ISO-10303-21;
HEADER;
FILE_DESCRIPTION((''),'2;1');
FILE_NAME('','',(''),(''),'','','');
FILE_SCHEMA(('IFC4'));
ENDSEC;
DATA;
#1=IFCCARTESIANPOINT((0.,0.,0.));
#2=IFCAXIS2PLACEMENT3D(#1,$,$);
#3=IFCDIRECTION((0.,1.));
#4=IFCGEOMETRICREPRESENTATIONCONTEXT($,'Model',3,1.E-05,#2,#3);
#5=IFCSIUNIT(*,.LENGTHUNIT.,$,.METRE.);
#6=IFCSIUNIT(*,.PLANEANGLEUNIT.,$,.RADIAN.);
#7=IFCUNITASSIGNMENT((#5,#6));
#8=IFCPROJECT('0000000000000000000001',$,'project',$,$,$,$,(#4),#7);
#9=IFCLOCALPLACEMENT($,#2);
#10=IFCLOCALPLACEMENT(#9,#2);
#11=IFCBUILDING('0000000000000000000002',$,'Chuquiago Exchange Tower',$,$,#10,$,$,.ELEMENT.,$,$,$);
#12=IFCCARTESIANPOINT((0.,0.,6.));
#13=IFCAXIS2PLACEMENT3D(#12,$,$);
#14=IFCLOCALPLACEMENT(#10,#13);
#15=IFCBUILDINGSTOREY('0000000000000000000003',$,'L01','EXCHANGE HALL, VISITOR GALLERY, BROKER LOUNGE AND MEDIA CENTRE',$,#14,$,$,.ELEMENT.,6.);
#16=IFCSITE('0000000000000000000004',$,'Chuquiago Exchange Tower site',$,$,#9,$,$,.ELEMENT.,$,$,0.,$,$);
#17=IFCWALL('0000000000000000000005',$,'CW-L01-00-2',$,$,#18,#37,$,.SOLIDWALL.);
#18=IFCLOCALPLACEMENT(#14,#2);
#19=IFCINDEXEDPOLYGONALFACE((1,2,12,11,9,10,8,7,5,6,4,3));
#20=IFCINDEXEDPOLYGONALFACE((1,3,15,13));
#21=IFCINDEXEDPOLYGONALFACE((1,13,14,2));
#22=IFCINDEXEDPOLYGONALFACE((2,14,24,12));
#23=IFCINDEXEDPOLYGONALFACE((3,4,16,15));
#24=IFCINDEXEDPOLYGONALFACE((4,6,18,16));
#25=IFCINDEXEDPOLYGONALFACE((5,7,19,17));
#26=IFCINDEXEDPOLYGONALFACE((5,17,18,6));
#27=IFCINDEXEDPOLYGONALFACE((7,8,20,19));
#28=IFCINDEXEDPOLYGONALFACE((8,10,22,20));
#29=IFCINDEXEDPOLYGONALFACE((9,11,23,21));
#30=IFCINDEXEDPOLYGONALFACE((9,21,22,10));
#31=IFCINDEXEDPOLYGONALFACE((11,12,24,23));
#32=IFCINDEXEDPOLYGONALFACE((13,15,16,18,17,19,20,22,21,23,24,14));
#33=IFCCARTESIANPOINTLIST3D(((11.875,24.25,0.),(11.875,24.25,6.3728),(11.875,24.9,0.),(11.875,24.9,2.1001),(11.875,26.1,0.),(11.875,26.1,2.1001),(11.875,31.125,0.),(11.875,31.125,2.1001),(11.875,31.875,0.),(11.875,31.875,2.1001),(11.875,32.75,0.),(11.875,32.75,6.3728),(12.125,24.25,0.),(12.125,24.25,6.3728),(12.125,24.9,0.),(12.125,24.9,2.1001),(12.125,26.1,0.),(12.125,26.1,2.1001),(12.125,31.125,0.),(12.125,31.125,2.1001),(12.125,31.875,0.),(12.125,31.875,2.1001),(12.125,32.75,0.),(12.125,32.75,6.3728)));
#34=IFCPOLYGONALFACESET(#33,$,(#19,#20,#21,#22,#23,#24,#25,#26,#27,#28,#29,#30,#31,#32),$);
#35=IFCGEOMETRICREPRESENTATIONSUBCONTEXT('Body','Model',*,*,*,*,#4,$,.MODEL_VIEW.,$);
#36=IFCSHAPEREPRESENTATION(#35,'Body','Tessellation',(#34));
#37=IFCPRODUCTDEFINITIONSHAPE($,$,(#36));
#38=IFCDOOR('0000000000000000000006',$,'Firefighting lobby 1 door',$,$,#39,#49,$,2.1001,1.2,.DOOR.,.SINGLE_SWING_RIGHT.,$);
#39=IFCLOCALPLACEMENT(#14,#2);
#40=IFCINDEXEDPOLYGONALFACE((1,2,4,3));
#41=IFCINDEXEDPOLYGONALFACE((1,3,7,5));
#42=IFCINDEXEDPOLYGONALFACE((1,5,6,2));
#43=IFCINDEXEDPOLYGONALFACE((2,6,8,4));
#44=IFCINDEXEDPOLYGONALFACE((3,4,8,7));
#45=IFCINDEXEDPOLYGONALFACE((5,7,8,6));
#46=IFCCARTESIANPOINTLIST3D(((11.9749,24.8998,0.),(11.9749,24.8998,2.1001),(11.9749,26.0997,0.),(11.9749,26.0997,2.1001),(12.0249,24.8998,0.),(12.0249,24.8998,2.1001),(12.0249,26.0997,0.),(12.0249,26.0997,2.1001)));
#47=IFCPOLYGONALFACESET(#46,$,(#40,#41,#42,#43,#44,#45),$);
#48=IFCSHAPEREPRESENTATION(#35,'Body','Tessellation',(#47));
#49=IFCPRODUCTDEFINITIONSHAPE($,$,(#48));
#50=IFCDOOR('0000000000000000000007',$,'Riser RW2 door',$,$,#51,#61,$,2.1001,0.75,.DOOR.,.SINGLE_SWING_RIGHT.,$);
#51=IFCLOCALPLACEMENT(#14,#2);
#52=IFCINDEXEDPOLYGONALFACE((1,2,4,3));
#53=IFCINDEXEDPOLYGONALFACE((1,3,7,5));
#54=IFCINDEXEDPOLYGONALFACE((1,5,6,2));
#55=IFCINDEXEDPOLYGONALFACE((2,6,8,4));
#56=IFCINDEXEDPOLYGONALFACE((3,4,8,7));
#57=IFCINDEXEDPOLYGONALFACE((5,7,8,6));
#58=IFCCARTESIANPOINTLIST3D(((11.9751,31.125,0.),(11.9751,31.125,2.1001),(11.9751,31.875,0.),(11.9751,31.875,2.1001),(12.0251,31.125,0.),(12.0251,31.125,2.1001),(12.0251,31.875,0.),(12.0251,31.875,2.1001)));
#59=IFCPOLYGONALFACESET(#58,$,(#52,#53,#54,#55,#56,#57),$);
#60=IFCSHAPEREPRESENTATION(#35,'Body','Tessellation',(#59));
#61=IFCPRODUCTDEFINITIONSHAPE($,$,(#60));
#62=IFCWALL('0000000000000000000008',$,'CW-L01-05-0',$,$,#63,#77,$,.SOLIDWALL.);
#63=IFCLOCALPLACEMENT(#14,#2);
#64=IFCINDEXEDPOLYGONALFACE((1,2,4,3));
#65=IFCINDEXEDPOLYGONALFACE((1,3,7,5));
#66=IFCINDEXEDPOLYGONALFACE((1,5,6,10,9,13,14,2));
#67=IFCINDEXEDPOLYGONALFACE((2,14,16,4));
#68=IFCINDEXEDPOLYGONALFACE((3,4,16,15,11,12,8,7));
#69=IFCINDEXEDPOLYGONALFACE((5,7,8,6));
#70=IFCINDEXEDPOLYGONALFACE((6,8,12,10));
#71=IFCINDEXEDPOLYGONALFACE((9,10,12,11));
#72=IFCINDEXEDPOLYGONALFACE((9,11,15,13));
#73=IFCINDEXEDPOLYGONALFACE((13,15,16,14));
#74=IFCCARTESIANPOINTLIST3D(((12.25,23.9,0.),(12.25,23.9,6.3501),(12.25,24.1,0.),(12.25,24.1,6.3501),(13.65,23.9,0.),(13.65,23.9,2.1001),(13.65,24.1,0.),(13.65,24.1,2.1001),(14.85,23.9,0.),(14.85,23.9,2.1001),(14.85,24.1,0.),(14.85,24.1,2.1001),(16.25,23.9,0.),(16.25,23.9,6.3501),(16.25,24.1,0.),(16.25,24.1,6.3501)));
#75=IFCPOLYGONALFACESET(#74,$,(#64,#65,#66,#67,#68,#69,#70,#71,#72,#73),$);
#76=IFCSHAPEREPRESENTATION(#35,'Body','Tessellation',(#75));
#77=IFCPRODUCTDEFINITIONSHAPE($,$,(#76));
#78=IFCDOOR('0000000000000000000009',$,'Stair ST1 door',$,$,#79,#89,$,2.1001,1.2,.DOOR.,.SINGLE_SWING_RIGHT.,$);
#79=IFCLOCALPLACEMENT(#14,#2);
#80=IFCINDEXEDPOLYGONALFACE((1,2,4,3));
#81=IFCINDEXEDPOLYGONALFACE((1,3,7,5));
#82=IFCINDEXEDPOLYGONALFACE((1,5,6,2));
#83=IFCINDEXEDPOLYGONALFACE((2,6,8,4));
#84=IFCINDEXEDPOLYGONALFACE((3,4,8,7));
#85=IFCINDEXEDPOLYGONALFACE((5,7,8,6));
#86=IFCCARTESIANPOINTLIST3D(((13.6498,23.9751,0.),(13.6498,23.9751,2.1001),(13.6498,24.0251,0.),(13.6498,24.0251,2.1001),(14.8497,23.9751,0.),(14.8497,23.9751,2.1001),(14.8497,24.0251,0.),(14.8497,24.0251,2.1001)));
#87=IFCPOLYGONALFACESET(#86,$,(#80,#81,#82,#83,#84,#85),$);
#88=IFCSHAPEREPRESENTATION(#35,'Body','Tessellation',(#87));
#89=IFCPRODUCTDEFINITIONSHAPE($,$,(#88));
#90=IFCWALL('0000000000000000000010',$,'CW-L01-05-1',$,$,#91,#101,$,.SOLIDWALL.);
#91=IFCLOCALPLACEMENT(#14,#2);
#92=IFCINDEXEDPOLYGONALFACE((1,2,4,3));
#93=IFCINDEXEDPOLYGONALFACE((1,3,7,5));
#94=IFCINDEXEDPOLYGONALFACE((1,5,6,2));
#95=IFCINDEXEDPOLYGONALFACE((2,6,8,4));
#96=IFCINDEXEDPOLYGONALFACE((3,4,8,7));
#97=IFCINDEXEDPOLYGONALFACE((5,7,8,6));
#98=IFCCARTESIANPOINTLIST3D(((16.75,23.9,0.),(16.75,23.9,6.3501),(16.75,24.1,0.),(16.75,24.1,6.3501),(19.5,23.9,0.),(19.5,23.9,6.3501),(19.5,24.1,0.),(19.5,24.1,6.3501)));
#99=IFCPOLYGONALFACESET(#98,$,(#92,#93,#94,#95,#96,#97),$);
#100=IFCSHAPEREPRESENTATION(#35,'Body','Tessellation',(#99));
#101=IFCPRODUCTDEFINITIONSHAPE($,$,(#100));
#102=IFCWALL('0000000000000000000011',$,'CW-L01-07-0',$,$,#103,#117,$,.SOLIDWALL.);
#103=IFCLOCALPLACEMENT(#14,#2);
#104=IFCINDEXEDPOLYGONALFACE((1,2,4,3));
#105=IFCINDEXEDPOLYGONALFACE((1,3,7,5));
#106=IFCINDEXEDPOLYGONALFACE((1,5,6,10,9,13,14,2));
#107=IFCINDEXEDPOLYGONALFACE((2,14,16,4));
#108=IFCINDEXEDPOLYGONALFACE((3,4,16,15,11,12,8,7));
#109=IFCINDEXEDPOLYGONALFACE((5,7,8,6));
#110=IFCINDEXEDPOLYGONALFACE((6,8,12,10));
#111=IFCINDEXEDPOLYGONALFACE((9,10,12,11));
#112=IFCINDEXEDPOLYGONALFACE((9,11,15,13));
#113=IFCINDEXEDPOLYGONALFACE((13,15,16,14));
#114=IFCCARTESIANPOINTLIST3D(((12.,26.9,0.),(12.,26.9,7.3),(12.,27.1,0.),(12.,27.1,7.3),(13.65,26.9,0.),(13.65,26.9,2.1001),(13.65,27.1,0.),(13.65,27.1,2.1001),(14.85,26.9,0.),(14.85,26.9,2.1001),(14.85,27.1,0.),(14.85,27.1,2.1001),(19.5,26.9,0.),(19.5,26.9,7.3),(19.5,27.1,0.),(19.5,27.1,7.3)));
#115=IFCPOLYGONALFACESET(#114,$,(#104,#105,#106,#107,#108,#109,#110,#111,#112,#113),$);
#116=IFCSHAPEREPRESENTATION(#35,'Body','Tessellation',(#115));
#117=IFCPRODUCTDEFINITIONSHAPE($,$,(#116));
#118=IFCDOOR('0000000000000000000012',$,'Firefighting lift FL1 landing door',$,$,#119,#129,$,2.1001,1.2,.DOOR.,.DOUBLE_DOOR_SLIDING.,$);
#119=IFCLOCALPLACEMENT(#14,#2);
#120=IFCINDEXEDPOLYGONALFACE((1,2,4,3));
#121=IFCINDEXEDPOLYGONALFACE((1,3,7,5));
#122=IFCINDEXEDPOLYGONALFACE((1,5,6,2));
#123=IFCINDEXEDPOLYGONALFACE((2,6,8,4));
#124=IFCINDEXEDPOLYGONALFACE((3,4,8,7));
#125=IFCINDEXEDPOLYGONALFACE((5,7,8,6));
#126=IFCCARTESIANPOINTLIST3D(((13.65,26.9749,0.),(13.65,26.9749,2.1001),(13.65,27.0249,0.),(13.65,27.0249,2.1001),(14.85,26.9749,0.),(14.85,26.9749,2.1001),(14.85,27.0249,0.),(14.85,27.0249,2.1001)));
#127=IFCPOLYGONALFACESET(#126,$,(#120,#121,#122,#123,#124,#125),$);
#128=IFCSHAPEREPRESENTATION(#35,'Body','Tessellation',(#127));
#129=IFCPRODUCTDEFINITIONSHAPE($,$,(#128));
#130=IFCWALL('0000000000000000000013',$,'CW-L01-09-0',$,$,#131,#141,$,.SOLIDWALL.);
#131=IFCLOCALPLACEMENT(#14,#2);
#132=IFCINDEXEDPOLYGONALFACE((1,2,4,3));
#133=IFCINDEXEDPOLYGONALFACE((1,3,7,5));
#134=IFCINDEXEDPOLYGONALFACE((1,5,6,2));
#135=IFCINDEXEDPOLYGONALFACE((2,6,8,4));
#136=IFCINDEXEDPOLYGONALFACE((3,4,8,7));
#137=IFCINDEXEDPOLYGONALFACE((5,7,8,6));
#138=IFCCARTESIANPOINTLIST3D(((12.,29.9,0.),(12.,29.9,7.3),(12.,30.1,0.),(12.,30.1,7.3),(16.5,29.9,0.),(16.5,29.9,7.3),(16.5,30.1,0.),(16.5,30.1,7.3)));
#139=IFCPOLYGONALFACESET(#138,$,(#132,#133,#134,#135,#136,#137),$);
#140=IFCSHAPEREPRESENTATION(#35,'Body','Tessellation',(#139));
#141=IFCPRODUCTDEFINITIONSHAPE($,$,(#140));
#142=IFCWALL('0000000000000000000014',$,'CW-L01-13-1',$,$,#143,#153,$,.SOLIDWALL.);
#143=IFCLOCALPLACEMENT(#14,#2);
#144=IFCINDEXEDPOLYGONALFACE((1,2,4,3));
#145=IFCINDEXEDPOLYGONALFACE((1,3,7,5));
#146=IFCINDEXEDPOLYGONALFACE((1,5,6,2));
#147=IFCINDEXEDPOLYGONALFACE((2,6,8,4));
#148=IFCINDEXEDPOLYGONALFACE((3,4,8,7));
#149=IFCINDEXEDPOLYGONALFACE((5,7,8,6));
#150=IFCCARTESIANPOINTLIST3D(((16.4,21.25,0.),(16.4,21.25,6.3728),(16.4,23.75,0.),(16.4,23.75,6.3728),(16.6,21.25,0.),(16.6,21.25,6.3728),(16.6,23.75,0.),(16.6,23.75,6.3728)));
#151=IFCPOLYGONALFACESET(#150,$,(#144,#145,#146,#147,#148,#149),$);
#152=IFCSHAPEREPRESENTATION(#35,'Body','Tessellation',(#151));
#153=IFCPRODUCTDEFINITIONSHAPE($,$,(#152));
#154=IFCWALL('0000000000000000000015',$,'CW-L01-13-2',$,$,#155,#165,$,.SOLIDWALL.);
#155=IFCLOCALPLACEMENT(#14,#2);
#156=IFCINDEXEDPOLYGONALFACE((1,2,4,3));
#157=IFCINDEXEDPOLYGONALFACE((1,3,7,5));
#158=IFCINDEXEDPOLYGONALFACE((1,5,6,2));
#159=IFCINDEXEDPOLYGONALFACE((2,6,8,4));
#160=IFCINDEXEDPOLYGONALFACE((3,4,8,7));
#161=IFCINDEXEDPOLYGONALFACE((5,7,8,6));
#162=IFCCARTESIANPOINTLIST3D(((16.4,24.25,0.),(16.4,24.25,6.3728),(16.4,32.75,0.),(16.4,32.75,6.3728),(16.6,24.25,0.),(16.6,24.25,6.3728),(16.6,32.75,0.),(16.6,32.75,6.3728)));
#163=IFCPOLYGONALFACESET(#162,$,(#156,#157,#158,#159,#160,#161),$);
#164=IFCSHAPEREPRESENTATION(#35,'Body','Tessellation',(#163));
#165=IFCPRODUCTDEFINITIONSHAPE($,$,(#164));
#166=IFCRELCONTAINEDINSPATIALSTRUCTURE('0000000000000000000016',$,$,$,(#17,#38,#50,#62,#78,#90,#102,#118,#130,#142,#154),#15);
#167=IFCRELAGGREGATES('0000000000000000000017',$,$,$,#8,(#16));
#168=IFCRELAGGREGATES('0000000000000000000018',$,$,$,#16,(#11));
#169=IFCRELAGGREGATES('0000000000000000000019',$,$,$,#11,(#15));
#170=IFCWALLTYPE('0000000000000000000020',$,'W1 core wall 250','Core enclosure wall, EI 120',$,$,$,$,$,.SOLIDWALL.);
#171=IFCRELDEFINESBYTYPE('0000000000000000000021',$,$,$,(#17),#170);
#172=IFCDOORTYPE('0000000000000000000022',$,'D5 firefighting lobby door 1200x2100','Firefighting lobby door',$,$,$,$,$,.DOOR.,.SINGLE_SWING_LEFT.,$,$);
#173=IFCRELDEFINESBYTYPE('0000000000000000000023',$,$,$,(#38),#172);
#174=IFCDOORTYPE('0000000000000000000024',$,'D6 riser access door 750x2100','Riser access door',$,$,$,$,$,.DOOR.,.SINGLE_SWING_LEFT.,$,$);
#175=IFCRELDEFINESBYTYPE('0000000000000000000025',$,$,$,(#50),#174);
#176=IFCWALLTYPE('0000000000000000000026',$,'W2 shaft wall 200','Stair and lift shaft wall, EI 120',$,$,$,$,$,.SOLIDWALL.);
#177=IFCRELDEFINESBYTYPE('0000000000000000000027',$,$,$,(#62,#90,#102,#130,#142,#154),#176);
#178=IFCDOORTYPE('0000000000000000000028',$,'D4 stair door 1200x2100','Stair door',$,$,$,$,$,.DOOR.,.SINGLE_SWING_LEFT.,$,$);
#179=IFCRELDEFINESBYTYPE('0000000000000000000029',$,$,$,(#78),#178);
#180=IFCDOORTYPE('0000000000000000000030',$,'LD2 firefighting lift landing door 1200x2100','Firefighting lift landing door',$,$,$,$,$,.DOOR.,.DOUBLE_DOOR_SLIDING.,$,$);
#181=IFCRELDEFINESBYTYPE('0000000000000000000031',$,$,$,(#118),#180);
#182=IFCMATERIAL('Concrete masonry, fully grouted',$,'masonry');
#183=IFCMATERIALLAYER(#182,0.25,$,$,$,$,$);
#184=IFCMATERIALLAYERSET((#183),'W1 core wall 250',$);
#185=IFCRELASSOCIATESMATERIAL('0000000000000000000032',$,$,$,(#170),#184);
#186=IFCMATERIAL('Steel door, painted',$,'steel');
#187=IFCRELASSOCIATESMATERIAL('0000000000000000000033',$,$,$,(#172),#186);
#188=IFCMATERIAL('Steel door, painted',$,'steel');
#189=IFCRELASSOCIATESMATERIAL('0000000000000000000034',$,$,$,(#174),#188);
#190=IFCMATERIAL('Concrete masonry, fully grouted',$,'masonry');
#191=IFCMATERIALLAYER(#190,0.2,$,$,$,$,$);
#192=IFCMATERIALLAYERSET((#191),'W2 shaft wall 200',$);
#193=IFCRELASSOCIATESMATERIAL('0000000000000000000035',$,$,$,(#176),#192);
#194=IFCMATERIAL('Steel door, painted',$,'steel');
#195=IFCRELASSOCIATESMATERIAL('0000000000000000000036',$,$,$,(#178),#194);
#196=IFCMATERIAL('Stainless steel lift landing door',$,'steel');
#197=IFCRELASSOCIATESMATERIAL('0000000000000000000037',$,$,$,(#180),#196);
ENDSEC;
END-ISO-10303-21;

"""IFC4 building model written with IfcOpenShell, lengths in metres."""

from ifc_helpers import new_model, si_unit, direction, frame, frame_2d, origin, place, context, subcontext, project, spatial, rectangle, extrude, material, layer, layer_set, type_object, element, fill, save


model = new_model("IFC4")

# Units and contexts
model_context = context("Model", 3, precision=1e-05, world=origin(), true_north=direction((0.0, 1.0)))
body_context = subcontext(model_context, "Body", "Model", "MODEL_VIEW")
ifc_project = project(units=[si_unit("LENGTHUNIT", "METRE"), si_unit("PLANEANGLEUNIT", "RADIAN")], contexts=[model_context])

# Site, building, storey
site_placement = place(None, origin())
site = spatial("IfcSite", under=ifc_project, at=site_placement, Name="Chuquiago Exchange Tower site", CompositionType="ELEMENT", RefElevation=0.0)
building_placement = place(site_placement, origin())
building = spatial("IfcBuilding", under=site, at=building_placement, Name="Chuquiago Exchange Tower", CompositionType="ELEMENT")
storey_placement = place(building_placement, frame((0.0, 0.0, 6.0)))
storey = spatial("IfcBuildingStorey", under=building, at=storey_placement, Name="L01", Description="EXCHANGE HALL, VISITOR GALLERY, BROKER LOUNGE AND MEDIA CENTRE", CompositionType="ELEMENT", Elevation=6.0)

# Shared definitions
ifc_material_1 = material(Name="Concrete masonry, fully grouted", Category="masonry")
ifc_layer_1 = layer(ifc_material_1, 0.25)
ifc_layer_set_1 = layer_set([ifc_layer_1], Name="W1 core wall 250")
wall_type_1 = type_object("IfcWallType", Name="W1 core wall 250", Description="Core enclosure wall, EI 120", PredefinedType="SOLIDWALL", material=ifc_layer_set_1)

# Wall, openings, doors
wall_1_placement = place(storey_placement, frame((12.0, 24.25, 0.0), z_axis=(0.0, 0.0, 1.0), x_axis=(0.0, 1.0, 0.0)))
wall_1 = element("IfcWall", 1, at=wall_1_placement, inside=storey, type_object=wall_type_1, Name="CW-L01-00-2", PredefinedType="SOLIDWALL", context=body_context, shape_type="SweptSolid", body=[
    extrude(rectangle(XDim=8.5, YDim=0.25, at=frame_2d((4.25, 0.0))), origin(), (0.0, 0.0, 1.0), 6.3728),
])
opening_1_placement = place(wall_1_placement, frame((0.6499, 0.0, 0.0)))
opening_1 = element("IfcOpeningElement", 2, at=opening_1_placement, cuts=wall_1, PredefinedType="OPENING", context=body_context, shape_type="SweptSolid", body=[
    extrude(rectangle(XDim=1.2, YDim=2.1001, at=frame_2d((0.6001, 1.05))), frame((0.0, 0.135, 0.0), z_axis=(0.0, -1.0, 0.0), x_axis=(1.0, 0.0, 0.0)), (0.0, 0.0, 1.0), 0.27),
])
opening_2_placement = place(wall_1_placement, frame((6.875, 0.0, 0.0)))
opening_2 = element("IfcOpeningElement", 3, at=opening_2_placement, cuts=wall_1, PredefinedType="OPENING", context=body_context, shape_type="SweptSolid", body=[
    extrude(rectangle(XDim=0.75, YDim=2.1001, at=frame_2d((0.375, 1.05))), frame((0.0, 0.135, 0.0), z_axis=(0.0, -1.0, 0.0), x_axis=(1.0, 0.0, 0.0)), (0.0, 0.0, 1.0), 0.27),
])
ifc_material_2 = material(Name="Steel door, painted", Category="steel")
door_type_1 = type_object("IfcDoorType", Name="D5 firefighting lobby door 1200x2100", Description="Firefighting lobby door", OperationType="SINGLE_SWING_LEFT", PredefinedType="DOOR", material=ifc_material_2)
door_1_placement = place(opening_1_placement, frame((1.2, 0.0, 0.0), z_axis=(0.0, 0.0, 1.0), x_axis=(-1.0, 0.0, 0.0)))
door_1 = element("IfcDoor", 4, at=door_1_placement, inside=storey, type_object=door_type_1, Name="Firefighting lobby 1 door", OperationType="SINGLE_SWING_RIGHT", OverallHeight=2.1001, OverallWidth=1.2, PredefinedType="DOOR", context=body_context, shape_type="SweptSolid", body=[
    extrude(rectangle(XDim=1.2, YDim=2.1001, at=frame_2d((0.6001, 1.05))), frame((0.0, 0.0249, 0.0), z_axis=(0.0, -1.0, 0.0), x_axis=(1.0, 0.0, 0.0)), (0.0, 0.0, 1.0), 0.05),
])
fill(opening_1, door_1)
ifc_material_3 = material(Name="Steel door, painted", Category="steel")
door_type_2 = type_object("IfcDoorType", Name="D6 riser access door 750x2100", Description="Riser access door", OperationType="SINGLE_SWING_LEFT", PredefinedType="DOOR", material=ifc_material_3)
door_2_placement = place(opening_2_placement, origin())
door_2 = element("IfcDoor", 5, at=door_2_placement, inside=storey, type_object=door_type_2, Name="Riser RW2 door", OperationType="SINGLE_SWING_RIGHT", OverallHeight=2.1001, OverallWidth=0.75, PredefinedType="DOOR", context=body_context, shape_type="SweptSolid", body=[
    extrude(rectangle(XDim=0.75, YDim=2.1001, at=frame_2d((0.375, 1.05))), frame((0.0, 0.0249, 0.0), z_axis=(0.0, -1.0, 0.0), x_axis=(1.0, 0.0, 0.0)), (0.0, 0.0, 1.0), 0.05),
])
fill(opening_2, door_2)

# Wall, opening, door
ifc_material_4 = material(Name="Concrete masonry, fully grouted", Category="masonry")
ifc_layer_2 = layer(ifc_material_4, 0.2)
ifc_layer_set_2 = layer_set([ifc_layer_2], Name="W2 shaft wall 200")
wall_type_2 = type_object("IfcWallType", Name="W2 shaft wall 200", Description="Stair and lift shaft wall, EI 120", PredefinedType="SOLIDWALL", material=ifc_layer_set_2)
wall_2_placement = place(storey_placement, frame((12.25, 24.0, 0.0), z_axis=(0.0, 0.0, 1.0), x_axis=(1.0, 0.0, 0.0)))
wall_2 = element("IfcWall", 6, at=wall_2_placement, inside=storey, type_object=wall_type_2, Name="CW-L01-05-0", PredefinedType="SOLIDWALL", context=body_context, shape_type="SweptSolid", body=[
    extrude(rectangle(XDim=4.0, YDim=0.2, at=frame_2d((2.0, 0.0))), origin(), (0.0, 0.0, 1.0), 6.3501),
])
opening_3_placement = place(wall_2_placement, frame((1.3999, 0.0, 0.0)))
opening_3 = element("IfcOpeningElement", 7, at=opening_3_placement, cuts=wall_2, PredefinedType="OPENING", context=body_context, shape_type="SweptSolid", body=[
    extrude(rectangle(XDim=1.2, YDim=2.1001, at=frame_2d((0.6001, 1.05))), frame((0.0, 0.1099, 0.0), z_axis=(0.0, -1.0, 0.0), x_axis=(1.0, 0.0, 0.0)), (0.0, 0.0, 1.0), 0.22),
])
ifc_material_5 = material(Name="Steel door, painted", Category="steel")
door_type_3 = type_object("IfcDoorType", Name="D4 stair door 1200x2100", Description="Stair door", OperationType="SINGLE_SWING_LEFT", PredefinedType="DOOR", material=ifc_material_5)
door_3_placement = place(opening_3_placement, frame((1.2, 0.0, 0.0), z_axis=(0.0, 0.0, 1.0), x_axis=(-1.0, 0.0, 0.0)))
door_3 = element("IfcDoor", 8, at=door_3_placement, inside=storey, type_object=door_type_3, Name="Stair ST1 door", OperationType="SINGLE_SWING_RIGHT", OverallHeight=2.1001, OverallWidth=1.2, PredefinedType="DOOR", context=body_context, shape_type="SweptSolid", body=[
    extrude(rectangle(XDim=1.2, YDim=2.1001, at=frame_2d((0.6001, 1.05))), frame((0.0, 0.0249, 0.0), z_axis=(0.0, -1.0, 0.0), x_axis=(1.0, 0.0, 0.0)), (0.0, 0.0, 1.0), 0.05),
])
fill(opening_3, door_3)

# Wall
wall_3_placement = place(storey_placement, frame((16.75, 24.0, 0.0), z_axis=(0.0, 0.0, 1.0), x_axis=(1.0, 0.0, 0.0)))
element("IfcWall", 9, at=wall_3_placement, inside=storey, type_object=wall_type_2, Name="CW-L01-05-1", PredefinedType="SOLIDWALL", context=body_context, shape_type="SweptSolid", body=[
    extrude(rectangle(XDim=2.75, YDim=0.2, at=frame_2d((1.375, 0.0))), origin(), (0.0, 0.0, 1.0), 6.3501),
])

# Wall, opening, door
wall_4_placement = place(storey_placement, frame((12.0, 27.0, 0.0), z_axis=(0.0, 0.0, 1.0), x_axis=(1.0, 0.0, 0.0)))
wall_4 = element("IfcWall", 10, at=wall_4_placement, inside=storey, type_object=wall_type_2, Name="CW-L01-07-0", PredefinedType="SOLIDWALL", context=body_context, shape_type="SweptSolid", body=[
    extrude(rectangle(XDim=7.5, YDim=0.2, at=frame_2d((3.75, 0.0))), origin(), (0.0, 0.0, 1.0), 7.3),
])
opening_4_placement = place(wall_4_placement, frame((1.6499, 0.0, 0.0)))
opening_4 = element("IfcOpeningElement", 11, at=opening_4_placement, cuts=wall_4, PredefinedType="OPENING", context=body_context, shape_type="SweptSolid", body=[
    extrude(rectangle(XDim=1.2, YDim=2.1001, at=frame_2d((0.6001, 1.05))), frame((0.0, 0.1099, 0.0), z_axis=(0.0, -1.0, 0.0), x_axis=(1.0, 0.0, 0.0)), (0.0, 0.0, 1.0), 0.22),
])
ifc_material_6 = material(Name="Stainless steel lift landing door", Category="steel")
door_type_4 = type_object("IfcDoorType", Name="LD2 firefighting lift landing door 1200x2100", Description="Firefighting lift landing door", OperationType="DOUBLE_DOOR_SLIDING", PredefinedType="DOOR", material=ifc_material_6)
door_4_placement = place(opening_4_placement, origin())
door_4 = element("IfcDoor", 12, at=door_4_placement, inside=storey, type_object=door_type_4, Name="Firefighting lift FL1 landing door", OperationType="DOUBLE_DOOR_SLIDING", OverallHeight=2.1001, OverallWidth=1.2, PredefinedType="DOOR", context=body_context, shape_type="SweptSolid", body=[
    extrude(rectangle(XDim=1.2, YDim=2.1001, at=frame_2d((0.6001, 1.05))), frame((0.0, 0.0249, 0.0), z_axis=(0.0, -1.0, 0.0), x_axis=(1.0, 0.0, 0.0)), (0.0, 0.0, 1.0), 0.05),
])
fill(opening_4, door_4)

# Walls
wall_5_placement = place(storey_placement, frame((12.0, 30.0, 0.0), z_axis=(0.0, 0.0, 1.0), x_axis=(1.0, 0.0, 0.0)))
element("IfcWall", 13, at=wall_5_placement, inside=storey, type_object=wall_type_2, Name="CW-L01-09-0", PredefinedType="SOLIDWALL", context=body_context, shape_type="SweptSolid", body=[
    extrude(rectangle(XDim=4.5, YDim=0.2, at=frame_2d((2.25, 0.0))), origin(), (0.0, 0.0, 1.0), 7.3),
])
wall_6_placement = place(storey_placement, frame((16.5, 21.25, 0.0), z_axis=(0.0, 0.0, 1.0), x_axis=(0.0, 1.0, 0.0)))
element("IfcWall", 14, at=wall_6_placement, inside=storey, type_object=wall_type_2, Name="CW-L01-13-1", PredefinedType="SOLIDWALL", context=body_context, shape_type="SweptSolid", body=[
    extrude(rectangle(XDim=2.5, YDim=0.2, at=frame_2d((1.25, 0.0))), origin(), (0.0, 0.0, 1.0), 6.3728),
])
wall_7_placement = place(storey_placement, frame((16.5, 24.25, 0.0), z_axis=(0.0, 0.0, 1.0), x_axis=(0.0, 1.0, 0.0)))
element("IfcWall", 15, at=wall_7_placement, inside=storey, type_object=wall_type_2, Name="CW-L01-13-2", PredefinedType="SOLIDWALL", context=body_context, shape_type="SweptSolid", body=[
    extrude(rectangle(XDim=8.5, YDim=0.2, at=frame_2d((4.25, 0.0))), origin(), (0.0, 0.0, 1.0), 6.3728),
])

save(model, "model.ifc")
